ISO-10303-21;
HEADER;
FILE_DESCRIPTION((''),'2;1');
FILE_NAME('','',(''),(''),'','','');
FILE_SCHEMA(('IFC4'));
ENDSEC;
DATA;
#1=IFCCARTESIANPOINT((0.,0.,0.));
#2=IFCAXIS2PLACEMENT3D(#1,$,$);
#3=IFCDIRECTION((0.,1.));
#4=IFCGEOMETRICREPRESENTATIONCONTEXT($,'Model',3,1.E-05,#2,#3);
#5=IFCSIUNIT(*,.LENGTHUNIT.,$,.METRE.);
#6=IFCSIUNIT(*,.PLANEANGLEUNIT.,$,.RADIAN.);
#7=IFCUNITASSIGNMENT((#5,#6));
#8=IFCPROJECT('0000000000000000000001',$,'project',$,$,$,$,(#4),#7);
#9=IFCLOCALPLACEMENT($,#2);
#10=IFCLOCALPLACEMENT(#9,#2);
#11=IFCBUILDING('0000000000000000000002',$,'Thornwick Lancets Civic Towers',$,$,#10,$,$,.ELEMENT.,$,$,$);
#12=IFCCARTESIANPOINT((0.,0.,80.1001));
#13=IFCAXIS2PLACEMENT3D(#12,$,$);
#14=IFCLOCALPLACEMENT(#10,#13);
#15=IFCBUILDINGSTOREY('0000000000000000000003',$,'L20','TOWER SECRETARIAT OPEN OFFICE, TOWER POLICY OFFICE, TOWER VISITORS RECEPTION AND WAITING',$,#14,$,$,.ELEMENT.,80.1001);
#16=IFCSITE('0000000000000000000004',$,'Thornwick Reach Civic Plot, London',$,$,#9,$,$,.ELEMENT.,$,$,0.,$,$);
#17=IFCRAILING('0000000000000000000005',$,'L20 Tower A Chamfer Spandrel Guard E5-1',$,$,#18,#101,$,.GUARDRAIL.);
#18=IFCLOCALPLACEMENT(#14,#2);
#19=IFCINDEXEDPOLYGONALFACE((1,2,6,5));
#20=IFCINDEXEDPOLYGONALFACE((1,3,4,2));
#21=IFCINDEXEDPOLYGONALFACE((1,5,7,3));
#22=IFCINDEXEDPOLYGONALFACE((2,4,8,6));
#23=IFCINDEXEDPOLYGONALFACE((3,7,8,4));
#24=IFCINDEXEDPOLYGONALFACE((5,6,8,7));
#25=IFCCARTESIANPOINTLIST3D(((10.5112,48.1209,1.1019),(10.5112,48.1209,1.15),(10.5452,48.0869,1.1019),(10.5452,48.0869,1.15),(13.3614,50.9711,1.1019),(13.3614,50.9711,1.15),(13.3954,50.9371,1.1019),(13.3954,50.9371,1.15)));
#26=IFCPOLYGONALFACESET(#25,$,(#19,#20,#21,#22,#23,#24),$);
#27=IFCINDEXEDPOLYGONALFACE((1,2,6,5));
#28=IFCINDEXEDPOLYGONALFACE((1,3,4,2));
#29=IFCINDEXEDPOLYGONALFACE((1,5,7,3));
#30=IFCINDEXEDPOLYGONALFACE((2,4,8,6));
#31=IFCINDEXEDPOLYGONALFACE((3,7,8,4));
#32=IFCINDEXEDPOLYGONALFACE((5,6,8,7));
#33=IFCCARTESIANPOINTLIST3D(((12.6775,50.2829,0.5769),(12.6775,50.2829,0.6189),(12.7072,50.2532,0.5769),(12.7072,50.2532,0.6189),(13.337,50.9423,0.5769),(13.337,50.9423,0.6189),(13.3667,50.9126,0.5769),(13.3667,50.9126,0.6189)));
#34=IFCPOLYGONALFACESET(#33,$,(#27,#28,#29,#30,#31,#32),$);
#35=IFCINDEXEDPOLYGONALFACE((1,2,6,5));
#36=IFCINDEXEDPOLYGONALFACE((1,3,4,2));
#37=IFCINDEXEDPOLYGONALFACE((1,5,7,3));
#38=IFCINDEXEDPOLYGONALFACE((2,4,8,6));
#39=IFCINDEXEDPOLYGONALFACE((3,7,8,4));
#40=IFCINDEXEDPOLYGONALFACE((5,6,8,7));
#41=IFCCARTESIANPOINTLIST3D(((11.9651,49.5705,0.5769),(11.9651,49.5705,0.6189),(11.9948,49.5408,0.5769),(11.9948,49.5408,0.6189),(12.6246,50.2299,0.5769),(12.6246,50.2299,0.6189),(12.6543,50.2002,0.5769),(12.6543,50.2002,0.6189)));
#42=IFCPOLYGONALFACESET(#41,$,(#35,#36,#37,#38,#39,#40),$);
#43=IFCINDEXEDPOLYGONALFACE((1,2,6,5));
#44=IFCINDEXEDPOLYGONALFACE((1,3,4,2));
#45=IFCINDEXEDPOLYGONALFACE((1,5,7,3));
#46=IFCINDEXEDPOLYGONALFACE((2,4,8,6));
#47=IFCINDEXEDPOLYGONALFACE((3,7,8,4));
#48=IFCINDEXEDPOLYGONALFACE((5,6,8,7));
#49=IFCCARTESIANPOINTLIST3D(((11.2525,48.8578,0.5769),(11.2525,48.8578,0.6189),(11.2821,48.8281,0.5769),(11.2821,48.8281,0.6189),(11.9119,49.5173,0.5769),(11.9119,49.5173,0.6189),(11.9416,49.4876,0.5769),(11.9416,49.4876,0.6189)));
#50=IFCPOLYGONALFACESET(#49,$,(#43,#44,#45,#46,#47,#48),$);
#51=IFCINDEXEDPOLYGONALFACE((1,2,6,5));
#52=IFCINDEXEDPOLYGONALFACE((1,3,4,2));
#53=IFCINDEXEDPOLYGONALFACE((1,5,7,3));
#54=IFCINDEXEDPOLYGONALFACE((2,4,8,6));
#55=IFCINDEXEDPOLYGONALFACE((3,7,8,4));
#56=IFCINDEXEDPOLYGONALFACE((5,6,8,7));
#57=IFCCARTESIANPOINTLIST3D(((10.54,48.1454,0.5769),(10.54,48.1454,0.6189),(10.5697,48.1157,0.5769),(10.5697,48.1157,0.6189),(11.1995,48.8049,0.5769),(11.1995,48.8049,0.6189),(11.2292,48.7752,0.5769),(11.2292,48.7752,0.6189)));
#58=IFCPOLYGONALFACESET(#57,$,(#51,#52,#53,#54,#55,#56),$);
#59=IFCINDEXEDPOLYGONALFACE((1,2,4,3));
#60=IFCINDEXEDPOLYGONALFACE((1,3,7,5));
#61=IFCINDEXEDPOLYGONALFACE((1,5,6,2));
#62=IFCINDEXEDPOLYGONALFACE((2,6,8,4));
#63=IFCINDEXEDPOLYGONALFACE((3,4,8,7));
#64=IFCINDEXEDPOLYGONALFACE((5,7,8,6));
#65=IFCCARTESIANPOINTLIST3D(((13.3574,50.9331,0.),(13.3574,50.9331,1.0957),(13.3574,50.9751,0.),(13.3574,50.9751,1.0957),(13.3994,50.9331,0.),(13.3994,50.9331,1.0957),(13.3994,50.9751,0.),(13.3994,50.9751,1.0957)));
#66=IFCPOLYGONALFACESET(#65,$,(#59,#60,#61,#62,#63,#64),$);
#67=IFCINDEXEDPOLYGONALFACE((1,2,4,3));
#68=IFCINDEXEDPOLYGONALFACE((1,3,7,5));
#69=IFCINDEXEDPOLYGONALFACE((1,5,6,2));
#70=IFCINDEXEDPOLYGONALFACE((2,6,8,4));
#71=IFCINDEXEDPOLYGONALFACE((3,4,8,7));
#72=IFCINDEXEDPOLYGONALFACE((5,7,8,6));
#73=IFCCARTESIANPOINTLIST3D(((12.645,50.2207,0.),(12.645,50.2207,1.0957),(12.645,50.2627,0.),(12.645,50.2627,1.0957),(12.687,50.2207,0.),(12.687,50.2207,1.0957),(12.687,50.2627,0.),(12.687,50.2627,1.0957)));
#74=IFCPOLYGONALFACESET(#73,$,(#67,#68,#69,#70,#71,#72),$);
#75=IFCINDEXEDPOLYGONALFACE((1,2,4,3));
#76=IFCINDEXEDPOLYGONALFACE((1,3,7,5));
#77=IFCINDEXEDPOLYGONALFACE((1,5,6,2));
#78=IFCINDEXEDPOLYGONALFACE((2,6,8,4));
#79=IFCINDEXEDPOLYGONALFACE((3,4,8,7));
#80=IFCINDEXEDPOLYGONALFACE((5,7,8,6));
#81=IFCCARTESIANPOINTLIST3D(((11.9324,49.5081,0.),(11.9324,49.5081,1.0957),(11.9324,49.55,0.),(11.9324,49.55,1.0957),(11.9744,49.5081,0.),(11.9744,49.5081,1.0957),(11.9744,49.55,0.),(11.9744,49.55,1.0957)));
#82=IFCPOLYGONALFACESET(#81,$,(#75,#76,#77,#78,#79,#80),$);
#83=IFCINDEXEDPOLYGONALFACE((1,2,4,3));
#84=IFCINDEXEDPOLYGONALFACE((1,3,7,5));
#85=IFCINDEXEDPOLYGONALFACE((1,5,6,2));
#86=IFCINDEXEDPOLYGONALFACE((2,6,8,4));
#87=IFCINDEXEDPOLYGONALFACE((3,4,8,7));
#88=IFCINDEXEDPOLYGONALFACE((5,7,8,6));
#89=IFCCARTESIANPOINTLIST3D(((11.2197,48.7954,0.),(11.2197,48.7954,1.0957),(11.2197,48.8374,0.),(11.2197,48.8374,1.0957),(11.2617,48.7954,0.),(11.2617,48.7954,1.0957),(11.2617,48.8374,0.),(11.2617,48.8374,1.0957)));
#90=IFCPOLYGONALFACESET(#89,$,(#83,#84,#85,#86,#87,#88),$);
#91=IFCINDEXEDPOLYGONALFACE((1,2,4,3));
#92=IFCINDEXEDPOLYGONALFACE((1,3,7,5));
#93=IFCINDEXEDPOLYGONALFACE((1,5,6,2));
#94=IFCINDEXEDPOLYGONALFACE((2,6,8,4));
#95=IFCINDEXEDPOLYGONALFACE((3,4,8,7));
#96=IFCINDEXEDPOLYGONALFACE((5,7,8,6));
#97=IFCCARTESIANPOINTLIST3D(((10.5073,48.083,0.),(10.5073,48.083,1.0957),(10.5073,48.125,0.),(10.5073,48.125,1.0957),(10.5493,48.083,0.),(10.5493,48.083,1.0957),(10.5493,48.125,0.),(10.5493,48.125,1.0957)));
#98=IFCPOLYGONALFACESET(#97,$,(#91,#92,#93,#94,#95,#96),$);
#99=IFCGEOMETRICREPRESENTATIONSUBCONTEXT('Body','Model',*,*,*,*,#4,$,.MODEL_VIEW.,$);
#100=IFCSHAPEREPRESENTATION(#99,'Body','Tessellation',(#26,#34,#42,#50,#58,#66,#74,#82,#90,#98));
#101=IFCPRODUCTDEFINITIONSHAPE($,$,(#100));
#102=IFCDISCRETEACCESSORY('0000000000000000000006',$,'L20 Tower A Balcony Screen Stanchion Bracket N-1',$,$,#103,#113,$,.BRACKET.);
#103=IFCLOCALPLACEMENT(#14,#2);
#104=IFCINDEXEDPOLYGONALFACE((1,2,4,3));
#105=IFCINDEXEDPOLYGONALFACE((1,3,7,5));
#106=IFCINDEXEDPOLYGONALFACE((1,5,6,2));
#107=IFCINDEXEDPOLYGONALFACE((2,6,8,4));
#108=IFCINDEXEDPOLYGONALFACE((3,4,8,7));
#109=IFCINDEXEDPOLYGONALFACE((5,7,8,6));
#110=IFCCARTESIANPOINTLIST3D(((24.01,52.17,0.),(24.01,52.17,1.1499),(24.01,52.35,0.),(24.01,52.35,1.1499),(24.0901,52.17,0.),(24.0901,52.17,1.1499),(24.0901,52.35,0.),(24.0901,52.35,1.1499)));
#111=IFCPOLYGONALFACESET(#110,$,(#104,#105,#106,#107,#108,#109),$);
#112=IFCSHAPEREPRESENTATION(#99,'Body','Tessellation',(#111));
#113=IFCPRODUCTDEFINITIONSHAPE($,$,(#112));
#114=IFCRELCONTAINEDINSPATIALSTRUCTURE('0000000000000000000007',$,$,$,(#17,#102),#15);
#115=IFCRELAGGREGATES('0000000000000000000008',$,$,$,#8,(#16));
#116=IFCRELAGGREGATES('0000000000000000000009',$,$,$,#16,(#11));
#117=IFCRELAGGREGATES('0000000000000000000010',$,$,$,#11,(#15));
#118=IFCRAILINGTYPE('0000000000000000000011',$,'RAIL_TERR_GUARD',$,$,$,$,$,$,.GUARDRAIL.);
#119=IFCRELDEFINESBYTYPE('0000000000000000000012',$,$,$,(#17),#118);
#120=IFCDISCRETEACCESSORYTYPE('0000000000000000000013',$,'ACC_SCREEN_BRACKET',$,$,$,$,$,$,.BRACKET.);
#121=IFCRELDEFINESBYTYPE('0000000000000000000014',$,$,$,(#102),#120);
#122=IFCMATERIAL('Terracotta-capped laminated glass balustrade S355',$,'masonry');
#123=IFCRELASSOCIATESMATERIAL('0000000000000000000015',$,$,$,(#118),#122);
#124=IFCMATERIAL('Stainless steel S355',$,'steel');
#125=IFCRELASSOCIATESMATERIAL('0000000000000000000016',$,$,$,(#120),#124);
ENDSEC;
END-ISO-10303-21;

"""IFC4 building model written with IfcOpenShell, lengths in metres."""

from ifc_helpers import new_model, si_unit, direction, frame, origin, origin_2d, place, context, subcontext, project, spatial, rectangle, extrude, material, type_object, element, save


model = new_model("IFC4")

# Units and contexts
model_context = context("Model", 3, precision=1e-05, world=origin(), true_north=direction((0.0, 1.0)))
body_context = subcontext(model_context, "Body", "Model", "MODEL_VIEW")
ifc_project = project(units=[si_unit("LENGTHUNIT", "METRE"), si_unit("PLANEANGLEUNIT", "RADIAN")], contexts=[model_context])

# Site, building, storey
site_placement = place(None, origin())
site = spatial("IfcSite", under=ifc_project, at=site_placement, Name="Thornwick Reach Civic Plot, London", CompositionType="ELEMENT", RefElevation=0.0)
building_placement = place(site_placement, origin())
building = spatial("IfcBuilding", under=site, at=building_placement, Name="Thornwick Lancets Civic Towers", CompositionType="ELEMENT")
storey_placement = place(building_placement, frame((0.0, 0.0, 80.1001)))
storey = spatial("IfcBuildingStorey", under=building, at=storey_placement, Name="L20", Description="TOWER SECRETARIAT OPEN OFFICE, TOWER POLICY OFFICE, TOWER VISITORS RECEPTION AND WAITING", CompositionType="ELEMENT", Elevation=80.1001)

# Railing
ifc_material_1 = material(Name="Terracotta-capped laminated glass balustrade S355", Category="masonry")
railing_type = type_object("IfcRailingType", Name="RAIL_TERR_GUARD", PredefinedType="GUARDRAIL", material=ifc_material_1)
railing_placement = place(storey_placement, frame((13.3784, 50.9541, 0.0)))
element("IfcRailing", 1, at=railing_placement, inside=storey, type_object=railing_type, Name="L20 Tower A Chamfer Spandrel Guard E5-1", PredefinedType="GUARDRAIL", context=body_context, shape_type="SweptSolid", body=[
    extrude(rectangle(XDim=0.0481, YDim=0.0481, at=origin_2d()), frame((0.0, 0.0, 1.126), z_axis=(-0.707107, -0.707107, 0.0), x_axis=(0.707107, -0.707107, 0.0)), (0.0, 0.0, 1.0), 4.0308),
    extrude(rectangle(XDim=0.042, YDim=0.042, at=origin_2d()), frame((-0.0266, -0.0266, 0.5979), z_axis=(-0.707107, -0.707107, 0.0), x_axis=(0.707107, -0.707107, 0.0)), (0.0, 0.0, 1.0), 0.9326),
    extrude(rectangle(XDim=0.042, YDim=0.042, at=origin_2d()), frame((-0.739, -0.739, 0.5979), z_axis=(-0.707107, -0.707107, 0.0), x_axis=(0.707107, -0.707107, 0.0)), (0.0, 0.0, 1.0), 0.9326),
    extrude(rectangle(XDim=0.042, YDim=0.042, at=origin_2d()), frame((-1.4517, -1.4517, 0.5979), z_axis=(-0.707107, -0.707107, 0.0), x_axis=(0.707107, -0.707107, 0.0)), (0.0, 0.0, 1.0), 0.9326),
    extrude(rectangle(XDim=0.042, YDim=0.042, at=origin_2d()), frame((-2.1641, -2.1641, 0.5979), z_axis=(-0.707107, -0.707107, 0.0), x_axis=(0.707107, -0.707107, 0.0)), (0.0, 0.0, 1.0), 0.9326),
    extrude(rectangle(XDim=0.042, YDim=0.042, at=origin_2d()), origin(), (0.0, 0.0, 1.0), 1.0957),
    extrude(rectangle(XDim=0.042, YDim=0.042, at=origin_2d()), frame((-0.7124, -0.7124, 0.0)), (0.0, 0.0, 1.0), 1.0957),
    extrude(rectangle(XDim=0.042, YDim=0.042, at=origin_2d()), frame((-1.425, -1.425, 0.0)), (0.0, 0.0, 1.0), 1.0957),
    extrude(rectangle(XDim=0.042, YDim=0.042, at=origin_2d()), frame((-2.1377, -2.1377, 0.0)), (0.0, 0.0, 1.0), 1.0957),
    extrude(rectangle(XDim=0.042, YDim=0.042, at=origin_2d()), frame((-2.8501, -2.8501, 0.0)), (0.0, 0.0, 1.0), 1.0957),
])

# Discrete accessory
ifc_material_2 = material(Name="Stainless steel S355", Category="steel")
discrete_accessory_type = type_object("IfcDiscreteAccessoryType", Name="ACC_SCREEN_BRACKET", PredefinedType="BRACKET", material=ifc_material_2)
discrete_accessory_placement = place(storey_placement, frame((24.05, 52.26, 0.0), z_axis=(0.0, 0.0, 1.0), x_axis=(1.0, 0.0, 0.0)))
element("IfcDiscreteAccessory", 2, at=discrete_accessory_placement, inside=storey, type_object=discrete_accessory_type, Name="L20 Tower A Balcony Screen Stanchion Bracket N-1", PredefinedType="BRACKET", context=body_context, shape_type="SweptSolid", body=[
    extrude(rectangle(XDim=0.0801, YDim=0.1799, at=origin_2d()), origin(), (0.0, 0.0, 1.0), 1.1499),
])

save(model, "model.ifc")
